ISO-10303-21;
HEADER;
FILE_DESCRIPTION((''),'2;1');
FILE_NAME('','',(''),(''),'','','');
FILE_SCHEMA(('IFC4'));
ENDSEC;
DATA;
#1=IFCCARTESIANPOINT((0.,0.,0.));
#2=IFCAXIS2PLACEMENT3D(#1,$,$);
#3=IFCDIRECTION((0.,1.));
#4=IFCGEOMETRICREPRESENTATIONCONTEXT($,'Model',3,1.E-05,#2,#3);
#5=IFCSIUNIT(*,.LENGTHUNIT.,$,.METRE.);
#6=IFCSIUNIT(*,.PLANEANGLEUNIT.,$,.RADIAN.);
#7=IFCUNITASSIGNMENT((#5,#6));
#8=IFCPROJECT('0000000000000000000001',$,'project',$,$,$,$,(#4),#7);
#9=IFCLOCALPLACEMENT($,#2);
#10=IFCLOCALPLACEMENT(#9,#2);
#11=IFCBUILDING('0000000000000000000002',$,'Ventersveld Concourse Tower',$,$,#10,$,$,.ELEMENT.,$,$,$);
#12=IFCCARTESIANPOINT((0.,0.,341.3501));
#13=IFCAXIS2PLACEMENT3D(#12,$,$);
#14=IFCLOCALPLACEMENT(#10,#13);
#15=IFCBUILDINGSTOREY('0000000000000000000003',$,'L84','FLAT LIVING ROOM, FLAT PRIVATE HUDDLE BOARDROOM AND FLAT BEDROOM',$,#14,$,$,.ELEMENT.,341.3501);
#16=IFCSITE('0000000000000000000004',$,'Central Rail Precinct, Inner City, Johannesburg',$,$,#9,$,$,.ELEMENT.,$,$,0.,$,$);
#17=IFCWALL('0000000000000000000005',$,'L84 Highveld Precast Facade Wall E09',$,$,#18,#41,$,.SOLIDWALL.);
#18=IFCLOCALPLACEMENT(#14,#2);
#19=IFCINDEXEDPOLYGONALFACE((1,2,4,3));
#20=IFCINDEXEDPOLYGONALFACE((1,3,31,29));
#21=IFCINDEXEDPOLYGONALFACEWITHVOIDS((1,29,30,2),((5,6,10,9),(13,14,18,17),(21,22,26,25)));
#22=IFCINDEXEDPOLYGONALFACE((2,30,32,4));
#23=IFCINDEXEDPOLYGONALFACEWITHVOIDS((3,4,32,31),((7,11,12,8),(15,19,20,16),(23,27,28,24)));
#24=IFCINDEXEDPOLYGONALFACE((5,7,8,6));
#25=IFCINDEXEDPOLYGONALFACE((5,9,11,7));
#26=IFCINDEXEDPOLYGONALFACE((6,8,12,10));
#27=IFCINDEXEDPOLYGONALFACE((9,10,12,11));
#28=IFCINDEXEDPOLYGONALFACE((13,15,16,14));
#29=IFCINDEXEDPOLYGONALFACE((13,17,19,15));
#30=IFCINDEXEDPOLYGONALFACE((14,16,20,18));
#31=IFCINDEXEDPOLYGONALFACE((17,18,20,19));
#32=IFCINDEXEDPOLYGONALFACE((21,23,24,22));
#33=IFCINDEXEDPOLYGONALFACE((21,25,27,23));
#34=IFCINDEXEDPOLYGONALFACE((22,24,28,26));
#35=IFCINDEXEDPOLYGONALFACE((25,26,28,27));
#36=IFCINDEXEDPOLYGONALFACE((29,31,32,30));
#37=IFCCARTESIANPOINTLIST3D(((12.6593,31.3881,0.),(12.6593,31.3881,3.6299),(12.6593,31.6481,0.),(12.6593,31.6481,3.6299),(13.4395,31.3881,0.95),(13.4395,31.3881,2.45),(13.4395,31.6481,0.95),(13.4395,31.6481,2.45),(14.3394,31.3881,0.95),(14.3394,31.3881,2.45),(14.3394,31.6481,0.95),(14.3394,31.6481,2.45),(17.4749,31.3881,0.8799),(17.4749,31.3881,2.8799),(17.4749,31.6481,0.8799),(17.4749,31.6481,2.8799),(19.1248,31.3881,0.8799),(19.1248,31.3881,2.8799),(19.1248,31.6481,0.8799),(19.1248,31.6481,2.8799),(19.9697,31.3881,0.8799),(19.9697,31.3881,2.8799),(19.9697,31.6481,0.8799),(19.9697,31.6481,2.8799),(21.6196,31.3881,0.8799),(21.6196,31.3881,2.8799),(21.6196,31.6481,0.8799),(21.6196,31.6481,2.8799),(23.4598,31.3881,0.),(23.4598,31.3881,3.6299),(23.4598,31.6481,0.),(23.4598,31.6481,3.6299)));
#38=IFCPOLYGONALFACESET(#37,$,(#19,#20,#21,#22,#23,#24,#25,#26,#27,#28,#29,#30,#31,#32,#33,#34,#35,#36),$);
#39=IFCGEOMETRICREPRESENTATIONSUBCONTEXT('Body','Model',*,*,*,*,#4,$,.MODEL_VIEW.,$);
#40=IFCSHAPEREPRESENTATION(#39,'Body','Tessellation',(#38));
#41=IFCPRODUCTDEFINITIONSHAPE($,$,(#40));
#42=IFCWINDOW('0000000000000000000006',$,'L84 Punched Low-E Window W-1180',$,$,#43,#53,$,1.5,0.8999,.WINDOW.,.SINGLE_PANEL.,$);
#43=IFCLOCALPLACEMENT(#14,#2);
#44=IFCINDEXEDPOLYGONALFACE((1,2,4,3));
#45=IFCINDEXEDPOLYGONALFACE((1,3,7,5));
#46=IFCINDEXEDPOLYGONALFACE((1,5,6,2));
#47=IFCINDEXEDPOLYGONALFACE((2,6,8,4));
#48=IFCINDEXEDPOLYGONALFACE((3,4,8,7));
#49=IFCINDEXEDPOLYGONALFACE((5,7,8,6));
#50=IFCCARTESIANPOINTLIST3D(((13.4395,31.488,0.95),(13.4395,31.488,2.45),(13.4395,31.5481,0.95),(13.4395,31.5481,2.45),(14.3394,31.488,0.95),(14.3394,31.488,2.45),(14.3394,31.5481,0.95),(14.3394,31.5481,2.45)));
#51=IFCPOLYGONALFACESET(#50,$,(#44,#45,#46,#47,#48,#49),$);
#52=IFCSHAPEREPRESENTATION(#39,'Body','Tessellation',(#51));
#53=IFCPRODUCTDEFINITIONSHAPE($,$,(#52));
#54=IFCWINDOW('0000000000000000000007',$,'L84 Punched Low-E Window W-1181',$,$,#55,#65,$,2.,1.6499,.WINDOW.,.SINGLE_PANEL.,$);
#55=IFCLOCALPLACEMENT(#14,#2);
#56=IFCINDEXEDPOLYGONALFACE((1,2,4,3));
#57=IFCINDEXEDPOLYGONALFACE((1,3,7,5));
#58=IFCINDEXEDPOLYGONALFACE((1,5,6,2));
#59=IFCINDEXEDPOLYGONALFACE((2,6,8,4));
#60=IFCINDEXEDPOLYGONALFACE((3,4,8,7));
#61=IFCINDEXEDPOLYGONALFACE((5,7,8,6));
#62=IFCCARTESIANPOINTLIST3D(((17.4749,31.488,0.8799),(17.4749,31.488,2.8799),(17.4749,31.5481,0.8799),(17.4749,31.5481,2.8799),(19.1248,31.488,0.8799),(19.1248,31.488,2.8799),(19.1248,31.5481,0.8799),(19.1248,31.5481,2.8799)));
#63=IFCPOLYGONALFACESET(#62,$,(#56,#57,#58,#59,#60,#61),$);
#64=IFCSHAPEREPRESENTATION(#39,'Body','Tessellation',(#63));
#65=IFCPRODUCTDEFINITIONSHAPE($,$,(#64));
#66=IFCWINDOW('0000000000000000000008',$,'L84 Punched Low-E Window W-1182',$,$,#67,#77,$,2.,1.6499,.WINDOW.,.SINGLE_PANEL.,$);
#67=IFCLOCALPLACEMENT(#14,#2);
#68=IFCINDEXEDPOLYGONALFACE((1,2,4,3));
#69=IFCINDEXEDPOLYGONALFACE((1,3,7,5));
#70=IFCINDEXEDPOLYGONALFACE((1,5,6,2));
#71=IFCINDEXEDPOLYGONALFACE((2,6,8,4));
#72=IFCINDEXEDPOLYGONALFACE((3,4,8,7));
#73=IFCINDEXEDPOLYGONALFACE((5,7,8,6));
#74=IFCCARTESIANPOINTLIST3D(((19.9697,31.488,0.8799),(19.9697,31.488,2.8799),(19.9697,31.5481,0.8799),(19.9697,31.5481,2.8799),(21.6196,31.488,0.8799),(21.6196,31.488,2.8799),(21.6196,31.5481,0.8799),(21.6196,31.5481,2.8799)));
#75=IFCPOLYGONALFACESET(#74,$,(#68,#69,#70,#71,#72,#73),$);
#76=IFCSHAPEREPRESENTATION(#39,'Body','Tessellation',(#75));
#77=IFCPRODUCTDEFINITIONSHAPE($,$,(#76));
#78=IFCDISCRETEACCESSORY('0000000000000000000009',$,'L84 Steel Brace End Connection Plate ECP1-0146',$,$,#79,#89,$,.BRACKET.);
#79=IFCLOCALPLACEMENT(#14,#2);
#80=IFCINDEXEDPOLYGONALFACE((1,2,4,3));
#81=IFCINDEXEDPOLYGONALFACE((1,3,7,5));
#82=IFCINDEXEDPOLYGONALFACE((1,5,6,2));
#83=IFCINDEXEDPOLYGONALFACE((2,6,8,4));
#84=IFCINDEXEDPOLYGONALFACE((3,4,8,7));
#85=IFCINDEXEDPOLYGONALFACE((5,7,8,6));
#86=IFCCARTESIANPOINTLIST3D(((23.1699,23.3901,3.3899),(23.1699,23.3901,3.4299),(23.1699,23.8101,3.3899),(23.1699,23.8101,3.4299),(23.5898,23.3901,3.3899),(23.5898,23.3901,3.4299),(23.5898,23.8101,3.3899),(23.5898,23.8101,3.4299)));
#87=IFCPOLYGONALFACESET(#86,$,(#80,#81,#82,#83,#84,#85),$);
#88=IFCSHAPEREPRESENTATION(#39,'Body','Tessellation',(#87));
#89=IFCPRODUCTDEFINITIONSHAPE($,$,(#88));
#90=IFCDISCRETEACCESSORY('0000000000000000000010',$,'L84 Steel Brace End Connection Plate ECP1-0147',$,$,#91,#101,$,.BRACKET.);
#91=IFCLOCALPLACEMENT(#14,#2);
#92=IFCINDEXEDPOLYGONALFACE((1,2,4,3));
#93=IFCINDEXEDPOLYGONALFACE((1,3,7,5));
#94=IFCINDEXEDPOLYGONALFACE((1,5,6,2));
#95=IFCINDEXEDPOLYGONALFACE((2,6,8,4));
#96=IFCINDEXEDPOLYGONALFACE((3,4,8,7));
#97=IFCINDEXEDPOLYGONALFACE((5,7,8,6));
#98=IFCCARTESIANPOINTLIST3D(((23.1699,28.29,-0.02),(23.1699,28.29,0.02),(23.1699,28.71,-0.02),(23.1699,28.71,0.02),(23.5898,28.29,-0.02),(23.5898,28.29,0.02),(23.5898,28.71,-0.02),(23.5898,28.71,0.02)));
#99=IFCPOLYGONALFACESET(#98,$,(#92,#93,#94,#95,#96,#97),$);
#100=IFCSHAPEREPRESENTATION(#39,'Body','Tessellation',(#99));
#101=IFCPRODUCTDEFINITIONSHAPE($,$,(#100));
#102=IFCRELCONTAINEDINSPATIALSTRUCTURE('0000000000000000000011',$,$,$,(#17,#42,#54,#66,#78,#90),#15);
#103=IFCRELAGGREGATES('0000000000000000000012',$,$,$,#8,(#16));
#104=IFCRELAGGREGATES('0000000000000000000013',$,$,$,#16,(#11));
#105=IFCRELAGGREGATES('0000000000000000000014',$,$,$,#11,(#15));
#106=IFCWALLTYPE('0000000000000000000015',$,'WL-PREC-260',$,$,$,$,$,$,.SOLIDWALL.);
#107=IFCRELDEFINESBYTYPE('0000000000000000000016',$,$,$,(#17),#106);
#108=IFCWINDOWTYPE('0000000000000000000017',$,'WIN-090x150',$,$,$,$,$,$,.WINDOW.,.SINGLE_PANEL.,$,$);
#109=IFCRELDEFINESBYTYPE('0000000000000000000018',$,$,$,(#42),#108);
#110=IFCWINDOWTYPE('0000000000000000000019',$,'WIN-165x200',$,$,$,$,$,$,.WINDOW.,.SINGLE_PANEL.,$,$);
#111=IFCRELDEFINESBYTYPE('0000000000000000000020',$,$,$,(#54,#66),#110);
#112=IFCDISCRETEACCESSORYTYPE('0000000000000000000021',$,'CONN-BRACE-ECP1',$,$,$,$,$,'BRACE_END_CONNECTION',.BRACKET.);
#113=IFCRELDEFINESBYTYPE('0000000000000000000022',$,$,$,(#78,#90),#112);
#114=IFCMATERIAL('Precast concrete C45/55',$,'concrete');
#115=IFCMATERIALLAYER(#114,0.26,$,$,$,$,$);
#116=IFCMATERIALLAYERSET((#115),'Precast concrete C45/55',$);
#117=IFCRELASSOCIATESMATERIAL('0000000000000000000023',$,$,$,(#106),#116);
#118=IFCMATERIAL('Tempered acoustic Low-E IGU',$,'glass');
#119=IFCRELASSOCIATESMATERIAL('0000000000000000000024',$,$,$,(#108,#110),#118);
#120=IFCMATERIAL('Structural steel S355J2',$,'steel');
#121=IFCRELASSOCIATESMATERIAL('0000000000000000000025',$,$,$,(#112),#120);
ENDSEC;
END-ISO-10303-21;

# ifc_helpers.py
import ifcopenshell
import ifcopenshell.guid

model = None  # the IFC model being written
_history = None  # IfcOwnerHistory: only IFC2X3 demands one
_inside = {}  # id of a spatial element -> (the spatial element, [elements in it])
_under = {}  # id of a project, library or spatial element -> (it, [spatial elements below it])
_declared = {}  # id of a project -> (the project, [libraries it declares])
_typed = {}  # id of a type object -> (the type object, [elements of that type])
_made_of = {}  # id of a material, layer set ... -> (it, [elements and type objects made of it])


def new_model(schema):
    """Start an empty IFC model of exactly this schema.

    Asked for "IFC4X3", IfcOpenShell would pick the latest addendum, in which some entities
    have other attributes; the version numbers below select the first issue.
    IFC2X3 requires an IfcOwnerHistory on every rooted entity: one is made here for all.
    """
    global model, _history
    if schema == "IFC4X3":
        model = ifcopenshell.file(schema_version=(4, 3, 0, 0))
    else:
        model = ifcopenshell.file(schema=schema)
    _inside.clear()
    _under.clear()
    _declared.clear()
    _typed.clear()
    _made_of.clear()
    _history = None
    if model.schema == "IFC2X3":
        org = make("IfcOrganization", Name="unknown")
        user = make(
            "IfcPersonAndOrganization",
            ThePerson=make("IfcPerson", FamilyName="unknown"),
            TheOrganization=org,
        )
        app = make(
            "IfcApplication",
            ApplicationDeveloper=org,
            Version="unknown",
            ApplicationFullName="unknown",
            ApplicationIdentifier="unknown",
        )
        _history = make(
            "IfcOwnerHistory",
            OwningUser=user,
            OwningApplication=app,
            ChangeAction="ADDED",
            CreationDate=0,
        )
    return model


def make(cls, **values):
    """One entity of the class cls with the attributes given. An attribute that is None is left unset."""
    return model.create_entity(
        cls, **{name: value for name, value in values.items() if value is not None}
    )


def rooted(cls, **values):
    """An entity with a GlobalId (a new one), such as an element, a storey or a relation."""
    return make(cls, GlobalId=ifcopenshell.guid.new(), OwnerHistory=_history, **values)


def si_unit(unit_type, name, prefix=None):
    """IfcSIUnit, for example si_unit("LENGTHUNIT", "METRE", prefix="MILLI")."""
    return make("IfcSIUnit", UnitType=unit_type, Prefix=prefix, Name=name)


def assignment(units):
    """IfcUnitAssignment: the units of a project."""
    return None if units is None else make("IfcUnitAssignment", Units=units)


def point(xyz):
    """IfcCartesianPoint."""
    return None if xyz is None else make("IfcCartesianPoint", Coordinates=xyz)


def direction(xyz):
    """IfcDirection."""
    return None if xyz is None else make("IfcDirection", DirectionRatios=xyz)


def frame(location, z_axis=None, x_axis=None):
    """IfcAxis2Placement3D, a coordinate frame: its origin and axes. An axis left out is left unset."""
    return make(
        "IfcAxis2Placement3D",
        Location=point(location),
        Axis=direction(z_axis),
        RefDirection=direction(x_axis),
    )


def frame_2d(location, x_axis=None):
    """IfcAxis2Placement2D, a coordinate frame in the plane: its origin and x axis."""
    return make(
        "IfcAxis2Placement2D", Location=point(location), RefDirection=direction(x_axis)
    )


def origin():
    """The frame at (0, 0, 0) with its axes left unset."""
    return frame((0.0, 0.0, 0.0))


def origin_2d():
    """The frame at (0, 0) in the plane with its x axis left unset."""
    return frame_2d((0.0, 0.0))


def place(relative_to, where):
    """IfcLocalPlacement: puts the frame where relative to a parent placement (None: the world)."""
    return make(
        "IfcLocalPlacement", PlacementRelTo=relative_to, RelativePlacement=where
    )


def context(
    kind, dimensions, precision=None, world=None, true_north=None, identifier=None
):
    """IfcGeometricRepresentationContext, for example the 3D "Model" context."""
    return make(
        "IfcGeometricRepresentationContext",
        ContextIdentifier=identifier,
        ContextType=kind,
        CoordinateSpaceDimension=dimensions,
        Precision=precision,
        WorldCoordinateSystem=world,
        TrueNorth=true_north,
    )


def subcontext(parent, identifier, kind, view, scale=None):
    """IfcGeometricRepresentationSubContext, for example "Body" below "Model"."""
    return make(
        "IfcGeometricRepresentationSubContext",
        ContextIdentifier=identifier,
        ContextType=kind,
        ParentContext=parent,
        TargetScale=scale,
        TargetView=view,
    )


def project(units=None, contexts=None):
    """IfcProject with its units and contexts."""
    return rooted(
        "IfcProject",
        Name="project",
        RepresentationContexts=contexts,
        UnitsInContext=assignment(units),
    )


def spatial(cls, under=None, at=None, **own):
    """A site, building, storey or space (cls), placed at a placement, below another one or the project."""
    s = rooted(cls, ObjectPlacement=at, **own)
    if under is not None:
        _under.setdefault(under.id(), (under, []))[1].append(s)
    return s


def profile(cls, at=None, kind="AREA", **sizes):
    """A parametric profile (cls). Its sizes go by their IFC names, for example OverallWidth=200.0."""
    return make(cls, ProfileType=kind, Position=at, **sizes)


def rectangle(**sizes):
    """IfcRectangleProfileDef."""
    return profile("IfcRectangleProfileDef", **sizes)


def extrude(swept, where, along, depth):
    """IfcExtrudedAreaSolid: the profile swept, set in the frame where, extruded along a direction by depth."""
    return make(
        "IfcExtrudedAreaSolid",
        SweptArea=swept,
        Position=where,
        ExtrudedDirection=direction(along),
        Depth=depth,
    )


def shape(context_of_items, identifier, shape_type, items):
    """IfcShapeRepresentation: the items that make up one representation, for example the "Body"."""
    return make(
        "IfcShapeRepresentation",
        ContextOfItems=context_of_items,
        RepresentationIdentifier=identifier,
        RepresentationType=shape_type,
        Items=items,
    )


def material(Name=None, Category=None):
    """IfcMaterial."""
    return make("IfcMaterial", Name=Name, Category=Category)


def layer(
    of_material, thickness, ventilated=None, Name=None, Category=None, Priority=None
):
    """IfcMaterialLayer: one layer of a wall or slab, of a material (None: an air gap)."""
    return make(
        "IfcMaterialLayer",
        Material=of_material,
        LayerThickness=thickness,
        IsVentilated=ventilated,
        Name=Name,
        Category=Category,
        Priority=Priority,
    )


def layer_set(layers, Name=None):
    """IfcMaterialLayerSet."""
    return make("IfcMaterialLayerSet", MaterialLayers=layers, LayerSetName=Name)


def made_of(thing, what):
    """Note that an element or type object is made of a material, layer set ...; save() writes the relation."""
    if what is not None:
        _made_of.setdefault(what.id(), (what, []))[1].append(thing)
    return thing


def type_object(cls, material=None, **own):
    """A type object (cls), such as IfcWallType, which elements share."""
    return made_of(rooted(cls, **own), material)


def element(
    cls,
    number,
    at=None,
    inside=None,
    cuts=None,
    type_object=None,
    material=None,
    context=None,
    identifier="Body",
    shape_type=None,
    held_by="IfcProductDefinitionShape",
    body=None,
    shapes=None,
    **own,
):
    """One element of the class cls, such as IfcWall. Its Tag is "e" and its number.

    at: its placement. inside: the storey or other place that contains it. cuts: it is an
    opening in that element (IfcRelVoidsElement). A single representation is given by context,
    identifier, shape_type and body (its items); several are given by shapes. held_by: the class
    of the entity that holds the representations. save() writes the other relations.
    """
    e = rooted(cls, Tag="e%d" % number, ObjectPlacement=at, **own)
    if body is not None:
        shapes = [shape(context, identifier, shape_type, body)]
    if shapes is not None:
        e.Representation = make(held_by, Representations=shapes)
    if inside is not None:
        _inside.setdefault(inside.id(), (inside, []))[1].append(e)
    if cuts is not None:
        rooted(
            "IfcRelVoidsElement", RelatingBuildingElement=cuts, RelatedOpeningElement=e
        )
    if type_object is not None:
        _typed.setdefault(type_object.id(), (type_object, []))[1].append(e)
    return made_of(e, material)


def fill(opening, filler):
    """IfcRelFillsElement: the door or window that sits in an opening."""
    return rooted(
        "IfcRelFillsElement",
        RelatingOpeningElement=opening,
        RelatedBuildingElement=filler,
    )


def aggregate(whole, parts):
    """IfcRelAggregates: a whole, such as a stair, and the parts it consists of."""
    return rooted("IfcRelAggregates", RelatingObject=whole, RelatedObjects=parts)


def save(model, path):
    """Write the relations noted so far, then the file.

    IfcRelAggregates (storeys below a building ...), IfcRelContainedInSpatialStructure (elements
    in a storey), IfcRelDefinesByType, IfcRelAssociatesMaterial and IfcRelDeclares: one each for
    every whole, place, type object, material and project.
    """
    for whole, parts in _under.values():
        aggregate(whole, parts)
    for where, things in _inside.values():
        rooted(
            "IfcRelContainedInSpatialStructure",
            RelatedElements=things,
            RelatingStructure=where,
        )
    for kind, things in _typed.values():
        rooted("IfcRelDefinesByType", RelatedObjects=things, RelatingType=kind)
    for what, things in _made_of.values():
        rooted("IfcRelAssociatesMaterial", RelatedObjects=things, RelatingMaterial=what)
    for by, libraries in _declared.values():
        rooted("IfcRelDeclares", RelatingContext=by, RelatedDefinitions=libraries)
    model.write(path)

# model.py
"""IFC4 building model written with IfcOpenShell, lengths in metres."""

from ifc_helpers import new_model, si_unit, direction, frame, frame_2d, origin, origin_2d, place, context, subcontext, project, spatial, rectangle, extrude, material, layer, layer_set, type_object, element, fill, save


model = new_model("IFC4")

# Units and contexts
model_context = context("Model", 3, precision=1e-05, world=origin(), true_north=direction((0.0, 1.0)))
body_context = subcontext(model_context, "Body", "Model", "MODEL_VIEW")
ifc_project = project(units=[si_unit("LENGTHUNIT", "METRE"), si_unit("PLANEANGLEUNIT", "RADIAN")], contexts=[model_context])

# Site, building, storey
site_placement = place(None, origin())
site = spatial("IfcSite", under=ifc_project, at=site_placement, Name="Central Rail Precinct, Inner City, Johannesburg", CompositionType="ELEMENT", RefElevation=0.0)
building_placement = place(site_placement, origin())
building = spatial("IfcBuilding", under=site, at=building_placement, Name="Ventersveld Concourse Tower", CompositionType="ELEMENT")
storey_placement = place(building_placement, frame((0.0, 0.0, 341.3501)))
storey = spatial("IfcBuildingStorey", under=building, at=storey_placement, Name="L84", Description="FLAT LIVING ROOM, FLAT PRIVATE HUDDLE BOARDROOM AND FLAT BEDROOM", CompositionType="ELEMENT", Elevation=341.3501)

# Shared definitions
ifc_material_1 = material(Name="Structural steel S355J2", Category="steel")

# Shared definitions
ifc_material_2 = material(Name="Precast concrete C45/55", Category="concrete")
ifc_layer_1 = layer(ifc_material_2, 0.26)
ifc_layer_set_1 = layer_set([ifc_layer_1], Name="Precast concrete C45/55")
wall_type_1 = type_object("IfcWallType", Name="WL-PREC-260", PredefinedType="SOLIDWALL", material=ifc_layer_set_1)

# Wall, openings, windows
wall_1_placement = place(storey_placement, frame((23.46, 31.5181, 0.0), z_axis=(0.0, 0.0, 1.0), x_axis=(-1.0, 0.0, 0.0)))
wall_1 = element("IfcWall", 1, at=wall_1_placement, inside=storey, type_object=wall_type_1, Name="L84 Highveld Precast Facade Wall E09", PredefinedType="SOLIDWALL", context=body_context, shape_type="SweptSolid", body=[
    extrude(rectangle(XDim=10.8005, YDim=0.26, at=frame_2d((5.4004, 0.0))), origin(), (0.0, 0.0, 1.0), 3.6299),
])
opening_1_placement = place(wall_1_placement, frame((9.1206, 0.0, 0.95)))
opening_1 = element("IfcOpeningElement", 2, at=opening_1_placement, cuts=wall_1, PredefinedType="OPENING", context=body_context, shape_type="SweptSolid", body=[
    extrude(rectangle(XDim=0.8999, YDim=1.5, at=frame_2d((0.45, 0.75))), frame((0.0, 0.1401, 0.0), z_axis=(0.0, -1.0, 0.0), x_axis=(1.0, 0.0, 0.0)), (0.0, 0.0, 1.0), 0.28),
])
opening_2_placement = place(wall_1_placement, frame((4.3352, 0.0, 0.8799)))
opening_2 = element("IfcOpeningElement", 3, at=opening_2_placement, cuts=wall_1, PredefinedType="OPENING", context=body_context, shape_type="SweptSolid", body=[
    extrude(rectangle(XDim=1.6499, YDim=2.0, at=frame_2d((0.825, 1.0))), frame((0.0, 0.1401, 0.0), z_axis=(0.0, -1.0, 0.0), x_axis=(1.0, 0.0, 0.0)), (0.0, 0.0, 1.0), 0.28),
])
opening_3_placement = place(wall_1_placement, frame((1.8403, 0.0, 0.8799)))
opening_3 = element("IfcOpeningElement", 4, at=opening_3_placement, cuts=wall_1, PredefinedType="OPENING", context=body_context, shape_type="SweptSolid", body=[
    extrude(rectangle(XDim=1.6499, YDim=2.0, at=frame_2d((0.825, 1.0))), frame((0.0, 0.1401, 0.0), z_axis=(0.0, -1.0, 0.0), x_axis=(1.0, 0.0, 0.0)), (0.0, 0.0, 1.0), 0.28),
])
ifc_material_3 = material(Name="Tempered acoustic Low-E IGU", Category="glass")
window_type_1 = type_object("IfcWindowType", Name="WIN-090x150", PartitioningType="SINGLE_PANEL", PredefinedType="WINDOW", material=ifc_material_3)
window_1_placement = place(opening_1_placement, origin())
window_1 = element("IfcWindow", 5, at=window_1_placement, inside=storey, type_object=window_type_1, Name="L84 Punched Low-E Window W-1180", OverallHeight=1.5, OverallWidth=0.8999, PartitioningType="SINGLE_PANEL", PredefinedType="WINDOW", context=body_context, shape_type="SweptSolid", body=[
    extrude(rectangle(XDim=0.8999, YDim=1.5, at=frame_2d((0.45, 0.75))), frame((0.0, 0.03, 0.0), z_axis=(0.0, -1.0, 0.0), x_axis=(1.0, 0.0, 0.0)), (0.0, 0.0, 1.0), 0.0601),
])
fill(opening_1, window_1)
window_type_2 = type_object("IfcWindowType", Name="WIN-165x200", PartitioningType="SINGLE_PANEL", PredefinedType="WINDOW", material=ifc_material_3)
window_2_placement = place(opening_2_placement, origin())
window_2 = element("IfcWindow", 6, at=window_2_placement, inside=storey, type_object=window_type_2, Name="L84 Punched Low-E Window W-1181", OverallHeight=2.0, OverallWidth=1.6499, PartitioningType="SINGLE_PANEL", PredefinedType="WINDOW", context=body_context, shape_type="SweptSolid", body=[
    extrude(rectangle(XDim=1.6499, YDim=2.0, at=frame_2d((0.825, 1.0))), frame((0.0, 0.03, 0.0), z_axis=(0.0, -1.0, 0.0), x_axis=(1.0, 0.0, 0.0)), (0.0, 0.0, 1.0), 0.0601),
])
fill(opening_2, window_2)
window_3_placement = place(opening_3_placement, origin())
window_3 = element("IfcWindow", 7, at=window_3_placement, inside=storey, type_object=window_type_2, Name="L84 Punched Low-E Window W-1182", OverallHeight=2.0, OverallWidth=1.6499, PartitioningType="SINGLE_PANEL", PredefinedType="WINDOW", context=body_context, shape_type="SweptSolid", body=[
    extrude(rectangle(XDim=1.6499, YDim=2.0, at=frame_2d((0.825, 1.0))), frame((0.0, 0.03, 0.0), z_axis=(0.0, -1.0, 0.0), x_axis=(1.0, 0.0, 0.0)), (0.0, 0.0, 1.0), 0.0601),
])
fill(opening_3, window_3)

# Discrete accessories
discrete_accessory_type = type_object("IfcDiscreteAccessoryType", Name="CONN-BRACE-ECP1", ElementType="BRACE_END_CONNECTION", PredefinedType="BRACKET", material=ifc_material_1)
for number, where, z_axis, x_axis, name in (
    (8, (23.3799, 23.6001, 3.3899), (0.0, 0.0, 1.0), (1.0, 0.0, 0.0), "L84 Steel Brace End Connection Plate ECP1-0146"),
    (9, (23.3799, 28.5, -0.02), (0.0, 0.0, 1.0), (1.0, 0.0, 0.0), "L84 Steel Brace End Connection Plate ECP1-0147"),
):
    element("IfcDiscreteAccessory", number, at=place(storey_placement, frame(where, z_axis=z_axis, x_axis=x_axis)), inside=storey, type_object=discrete_accessory_type, Name=name, PredefinedType="BRACKET", context=body_context, shape_type="SweptSolid", body=[
        extrude(rectangle(XDim=0.4199, YDim=0.4199, at=origin_2d()), origin(), (0.0, 0.0, 1.0), 0.04),
    ])

save(model, "model.ifc")
